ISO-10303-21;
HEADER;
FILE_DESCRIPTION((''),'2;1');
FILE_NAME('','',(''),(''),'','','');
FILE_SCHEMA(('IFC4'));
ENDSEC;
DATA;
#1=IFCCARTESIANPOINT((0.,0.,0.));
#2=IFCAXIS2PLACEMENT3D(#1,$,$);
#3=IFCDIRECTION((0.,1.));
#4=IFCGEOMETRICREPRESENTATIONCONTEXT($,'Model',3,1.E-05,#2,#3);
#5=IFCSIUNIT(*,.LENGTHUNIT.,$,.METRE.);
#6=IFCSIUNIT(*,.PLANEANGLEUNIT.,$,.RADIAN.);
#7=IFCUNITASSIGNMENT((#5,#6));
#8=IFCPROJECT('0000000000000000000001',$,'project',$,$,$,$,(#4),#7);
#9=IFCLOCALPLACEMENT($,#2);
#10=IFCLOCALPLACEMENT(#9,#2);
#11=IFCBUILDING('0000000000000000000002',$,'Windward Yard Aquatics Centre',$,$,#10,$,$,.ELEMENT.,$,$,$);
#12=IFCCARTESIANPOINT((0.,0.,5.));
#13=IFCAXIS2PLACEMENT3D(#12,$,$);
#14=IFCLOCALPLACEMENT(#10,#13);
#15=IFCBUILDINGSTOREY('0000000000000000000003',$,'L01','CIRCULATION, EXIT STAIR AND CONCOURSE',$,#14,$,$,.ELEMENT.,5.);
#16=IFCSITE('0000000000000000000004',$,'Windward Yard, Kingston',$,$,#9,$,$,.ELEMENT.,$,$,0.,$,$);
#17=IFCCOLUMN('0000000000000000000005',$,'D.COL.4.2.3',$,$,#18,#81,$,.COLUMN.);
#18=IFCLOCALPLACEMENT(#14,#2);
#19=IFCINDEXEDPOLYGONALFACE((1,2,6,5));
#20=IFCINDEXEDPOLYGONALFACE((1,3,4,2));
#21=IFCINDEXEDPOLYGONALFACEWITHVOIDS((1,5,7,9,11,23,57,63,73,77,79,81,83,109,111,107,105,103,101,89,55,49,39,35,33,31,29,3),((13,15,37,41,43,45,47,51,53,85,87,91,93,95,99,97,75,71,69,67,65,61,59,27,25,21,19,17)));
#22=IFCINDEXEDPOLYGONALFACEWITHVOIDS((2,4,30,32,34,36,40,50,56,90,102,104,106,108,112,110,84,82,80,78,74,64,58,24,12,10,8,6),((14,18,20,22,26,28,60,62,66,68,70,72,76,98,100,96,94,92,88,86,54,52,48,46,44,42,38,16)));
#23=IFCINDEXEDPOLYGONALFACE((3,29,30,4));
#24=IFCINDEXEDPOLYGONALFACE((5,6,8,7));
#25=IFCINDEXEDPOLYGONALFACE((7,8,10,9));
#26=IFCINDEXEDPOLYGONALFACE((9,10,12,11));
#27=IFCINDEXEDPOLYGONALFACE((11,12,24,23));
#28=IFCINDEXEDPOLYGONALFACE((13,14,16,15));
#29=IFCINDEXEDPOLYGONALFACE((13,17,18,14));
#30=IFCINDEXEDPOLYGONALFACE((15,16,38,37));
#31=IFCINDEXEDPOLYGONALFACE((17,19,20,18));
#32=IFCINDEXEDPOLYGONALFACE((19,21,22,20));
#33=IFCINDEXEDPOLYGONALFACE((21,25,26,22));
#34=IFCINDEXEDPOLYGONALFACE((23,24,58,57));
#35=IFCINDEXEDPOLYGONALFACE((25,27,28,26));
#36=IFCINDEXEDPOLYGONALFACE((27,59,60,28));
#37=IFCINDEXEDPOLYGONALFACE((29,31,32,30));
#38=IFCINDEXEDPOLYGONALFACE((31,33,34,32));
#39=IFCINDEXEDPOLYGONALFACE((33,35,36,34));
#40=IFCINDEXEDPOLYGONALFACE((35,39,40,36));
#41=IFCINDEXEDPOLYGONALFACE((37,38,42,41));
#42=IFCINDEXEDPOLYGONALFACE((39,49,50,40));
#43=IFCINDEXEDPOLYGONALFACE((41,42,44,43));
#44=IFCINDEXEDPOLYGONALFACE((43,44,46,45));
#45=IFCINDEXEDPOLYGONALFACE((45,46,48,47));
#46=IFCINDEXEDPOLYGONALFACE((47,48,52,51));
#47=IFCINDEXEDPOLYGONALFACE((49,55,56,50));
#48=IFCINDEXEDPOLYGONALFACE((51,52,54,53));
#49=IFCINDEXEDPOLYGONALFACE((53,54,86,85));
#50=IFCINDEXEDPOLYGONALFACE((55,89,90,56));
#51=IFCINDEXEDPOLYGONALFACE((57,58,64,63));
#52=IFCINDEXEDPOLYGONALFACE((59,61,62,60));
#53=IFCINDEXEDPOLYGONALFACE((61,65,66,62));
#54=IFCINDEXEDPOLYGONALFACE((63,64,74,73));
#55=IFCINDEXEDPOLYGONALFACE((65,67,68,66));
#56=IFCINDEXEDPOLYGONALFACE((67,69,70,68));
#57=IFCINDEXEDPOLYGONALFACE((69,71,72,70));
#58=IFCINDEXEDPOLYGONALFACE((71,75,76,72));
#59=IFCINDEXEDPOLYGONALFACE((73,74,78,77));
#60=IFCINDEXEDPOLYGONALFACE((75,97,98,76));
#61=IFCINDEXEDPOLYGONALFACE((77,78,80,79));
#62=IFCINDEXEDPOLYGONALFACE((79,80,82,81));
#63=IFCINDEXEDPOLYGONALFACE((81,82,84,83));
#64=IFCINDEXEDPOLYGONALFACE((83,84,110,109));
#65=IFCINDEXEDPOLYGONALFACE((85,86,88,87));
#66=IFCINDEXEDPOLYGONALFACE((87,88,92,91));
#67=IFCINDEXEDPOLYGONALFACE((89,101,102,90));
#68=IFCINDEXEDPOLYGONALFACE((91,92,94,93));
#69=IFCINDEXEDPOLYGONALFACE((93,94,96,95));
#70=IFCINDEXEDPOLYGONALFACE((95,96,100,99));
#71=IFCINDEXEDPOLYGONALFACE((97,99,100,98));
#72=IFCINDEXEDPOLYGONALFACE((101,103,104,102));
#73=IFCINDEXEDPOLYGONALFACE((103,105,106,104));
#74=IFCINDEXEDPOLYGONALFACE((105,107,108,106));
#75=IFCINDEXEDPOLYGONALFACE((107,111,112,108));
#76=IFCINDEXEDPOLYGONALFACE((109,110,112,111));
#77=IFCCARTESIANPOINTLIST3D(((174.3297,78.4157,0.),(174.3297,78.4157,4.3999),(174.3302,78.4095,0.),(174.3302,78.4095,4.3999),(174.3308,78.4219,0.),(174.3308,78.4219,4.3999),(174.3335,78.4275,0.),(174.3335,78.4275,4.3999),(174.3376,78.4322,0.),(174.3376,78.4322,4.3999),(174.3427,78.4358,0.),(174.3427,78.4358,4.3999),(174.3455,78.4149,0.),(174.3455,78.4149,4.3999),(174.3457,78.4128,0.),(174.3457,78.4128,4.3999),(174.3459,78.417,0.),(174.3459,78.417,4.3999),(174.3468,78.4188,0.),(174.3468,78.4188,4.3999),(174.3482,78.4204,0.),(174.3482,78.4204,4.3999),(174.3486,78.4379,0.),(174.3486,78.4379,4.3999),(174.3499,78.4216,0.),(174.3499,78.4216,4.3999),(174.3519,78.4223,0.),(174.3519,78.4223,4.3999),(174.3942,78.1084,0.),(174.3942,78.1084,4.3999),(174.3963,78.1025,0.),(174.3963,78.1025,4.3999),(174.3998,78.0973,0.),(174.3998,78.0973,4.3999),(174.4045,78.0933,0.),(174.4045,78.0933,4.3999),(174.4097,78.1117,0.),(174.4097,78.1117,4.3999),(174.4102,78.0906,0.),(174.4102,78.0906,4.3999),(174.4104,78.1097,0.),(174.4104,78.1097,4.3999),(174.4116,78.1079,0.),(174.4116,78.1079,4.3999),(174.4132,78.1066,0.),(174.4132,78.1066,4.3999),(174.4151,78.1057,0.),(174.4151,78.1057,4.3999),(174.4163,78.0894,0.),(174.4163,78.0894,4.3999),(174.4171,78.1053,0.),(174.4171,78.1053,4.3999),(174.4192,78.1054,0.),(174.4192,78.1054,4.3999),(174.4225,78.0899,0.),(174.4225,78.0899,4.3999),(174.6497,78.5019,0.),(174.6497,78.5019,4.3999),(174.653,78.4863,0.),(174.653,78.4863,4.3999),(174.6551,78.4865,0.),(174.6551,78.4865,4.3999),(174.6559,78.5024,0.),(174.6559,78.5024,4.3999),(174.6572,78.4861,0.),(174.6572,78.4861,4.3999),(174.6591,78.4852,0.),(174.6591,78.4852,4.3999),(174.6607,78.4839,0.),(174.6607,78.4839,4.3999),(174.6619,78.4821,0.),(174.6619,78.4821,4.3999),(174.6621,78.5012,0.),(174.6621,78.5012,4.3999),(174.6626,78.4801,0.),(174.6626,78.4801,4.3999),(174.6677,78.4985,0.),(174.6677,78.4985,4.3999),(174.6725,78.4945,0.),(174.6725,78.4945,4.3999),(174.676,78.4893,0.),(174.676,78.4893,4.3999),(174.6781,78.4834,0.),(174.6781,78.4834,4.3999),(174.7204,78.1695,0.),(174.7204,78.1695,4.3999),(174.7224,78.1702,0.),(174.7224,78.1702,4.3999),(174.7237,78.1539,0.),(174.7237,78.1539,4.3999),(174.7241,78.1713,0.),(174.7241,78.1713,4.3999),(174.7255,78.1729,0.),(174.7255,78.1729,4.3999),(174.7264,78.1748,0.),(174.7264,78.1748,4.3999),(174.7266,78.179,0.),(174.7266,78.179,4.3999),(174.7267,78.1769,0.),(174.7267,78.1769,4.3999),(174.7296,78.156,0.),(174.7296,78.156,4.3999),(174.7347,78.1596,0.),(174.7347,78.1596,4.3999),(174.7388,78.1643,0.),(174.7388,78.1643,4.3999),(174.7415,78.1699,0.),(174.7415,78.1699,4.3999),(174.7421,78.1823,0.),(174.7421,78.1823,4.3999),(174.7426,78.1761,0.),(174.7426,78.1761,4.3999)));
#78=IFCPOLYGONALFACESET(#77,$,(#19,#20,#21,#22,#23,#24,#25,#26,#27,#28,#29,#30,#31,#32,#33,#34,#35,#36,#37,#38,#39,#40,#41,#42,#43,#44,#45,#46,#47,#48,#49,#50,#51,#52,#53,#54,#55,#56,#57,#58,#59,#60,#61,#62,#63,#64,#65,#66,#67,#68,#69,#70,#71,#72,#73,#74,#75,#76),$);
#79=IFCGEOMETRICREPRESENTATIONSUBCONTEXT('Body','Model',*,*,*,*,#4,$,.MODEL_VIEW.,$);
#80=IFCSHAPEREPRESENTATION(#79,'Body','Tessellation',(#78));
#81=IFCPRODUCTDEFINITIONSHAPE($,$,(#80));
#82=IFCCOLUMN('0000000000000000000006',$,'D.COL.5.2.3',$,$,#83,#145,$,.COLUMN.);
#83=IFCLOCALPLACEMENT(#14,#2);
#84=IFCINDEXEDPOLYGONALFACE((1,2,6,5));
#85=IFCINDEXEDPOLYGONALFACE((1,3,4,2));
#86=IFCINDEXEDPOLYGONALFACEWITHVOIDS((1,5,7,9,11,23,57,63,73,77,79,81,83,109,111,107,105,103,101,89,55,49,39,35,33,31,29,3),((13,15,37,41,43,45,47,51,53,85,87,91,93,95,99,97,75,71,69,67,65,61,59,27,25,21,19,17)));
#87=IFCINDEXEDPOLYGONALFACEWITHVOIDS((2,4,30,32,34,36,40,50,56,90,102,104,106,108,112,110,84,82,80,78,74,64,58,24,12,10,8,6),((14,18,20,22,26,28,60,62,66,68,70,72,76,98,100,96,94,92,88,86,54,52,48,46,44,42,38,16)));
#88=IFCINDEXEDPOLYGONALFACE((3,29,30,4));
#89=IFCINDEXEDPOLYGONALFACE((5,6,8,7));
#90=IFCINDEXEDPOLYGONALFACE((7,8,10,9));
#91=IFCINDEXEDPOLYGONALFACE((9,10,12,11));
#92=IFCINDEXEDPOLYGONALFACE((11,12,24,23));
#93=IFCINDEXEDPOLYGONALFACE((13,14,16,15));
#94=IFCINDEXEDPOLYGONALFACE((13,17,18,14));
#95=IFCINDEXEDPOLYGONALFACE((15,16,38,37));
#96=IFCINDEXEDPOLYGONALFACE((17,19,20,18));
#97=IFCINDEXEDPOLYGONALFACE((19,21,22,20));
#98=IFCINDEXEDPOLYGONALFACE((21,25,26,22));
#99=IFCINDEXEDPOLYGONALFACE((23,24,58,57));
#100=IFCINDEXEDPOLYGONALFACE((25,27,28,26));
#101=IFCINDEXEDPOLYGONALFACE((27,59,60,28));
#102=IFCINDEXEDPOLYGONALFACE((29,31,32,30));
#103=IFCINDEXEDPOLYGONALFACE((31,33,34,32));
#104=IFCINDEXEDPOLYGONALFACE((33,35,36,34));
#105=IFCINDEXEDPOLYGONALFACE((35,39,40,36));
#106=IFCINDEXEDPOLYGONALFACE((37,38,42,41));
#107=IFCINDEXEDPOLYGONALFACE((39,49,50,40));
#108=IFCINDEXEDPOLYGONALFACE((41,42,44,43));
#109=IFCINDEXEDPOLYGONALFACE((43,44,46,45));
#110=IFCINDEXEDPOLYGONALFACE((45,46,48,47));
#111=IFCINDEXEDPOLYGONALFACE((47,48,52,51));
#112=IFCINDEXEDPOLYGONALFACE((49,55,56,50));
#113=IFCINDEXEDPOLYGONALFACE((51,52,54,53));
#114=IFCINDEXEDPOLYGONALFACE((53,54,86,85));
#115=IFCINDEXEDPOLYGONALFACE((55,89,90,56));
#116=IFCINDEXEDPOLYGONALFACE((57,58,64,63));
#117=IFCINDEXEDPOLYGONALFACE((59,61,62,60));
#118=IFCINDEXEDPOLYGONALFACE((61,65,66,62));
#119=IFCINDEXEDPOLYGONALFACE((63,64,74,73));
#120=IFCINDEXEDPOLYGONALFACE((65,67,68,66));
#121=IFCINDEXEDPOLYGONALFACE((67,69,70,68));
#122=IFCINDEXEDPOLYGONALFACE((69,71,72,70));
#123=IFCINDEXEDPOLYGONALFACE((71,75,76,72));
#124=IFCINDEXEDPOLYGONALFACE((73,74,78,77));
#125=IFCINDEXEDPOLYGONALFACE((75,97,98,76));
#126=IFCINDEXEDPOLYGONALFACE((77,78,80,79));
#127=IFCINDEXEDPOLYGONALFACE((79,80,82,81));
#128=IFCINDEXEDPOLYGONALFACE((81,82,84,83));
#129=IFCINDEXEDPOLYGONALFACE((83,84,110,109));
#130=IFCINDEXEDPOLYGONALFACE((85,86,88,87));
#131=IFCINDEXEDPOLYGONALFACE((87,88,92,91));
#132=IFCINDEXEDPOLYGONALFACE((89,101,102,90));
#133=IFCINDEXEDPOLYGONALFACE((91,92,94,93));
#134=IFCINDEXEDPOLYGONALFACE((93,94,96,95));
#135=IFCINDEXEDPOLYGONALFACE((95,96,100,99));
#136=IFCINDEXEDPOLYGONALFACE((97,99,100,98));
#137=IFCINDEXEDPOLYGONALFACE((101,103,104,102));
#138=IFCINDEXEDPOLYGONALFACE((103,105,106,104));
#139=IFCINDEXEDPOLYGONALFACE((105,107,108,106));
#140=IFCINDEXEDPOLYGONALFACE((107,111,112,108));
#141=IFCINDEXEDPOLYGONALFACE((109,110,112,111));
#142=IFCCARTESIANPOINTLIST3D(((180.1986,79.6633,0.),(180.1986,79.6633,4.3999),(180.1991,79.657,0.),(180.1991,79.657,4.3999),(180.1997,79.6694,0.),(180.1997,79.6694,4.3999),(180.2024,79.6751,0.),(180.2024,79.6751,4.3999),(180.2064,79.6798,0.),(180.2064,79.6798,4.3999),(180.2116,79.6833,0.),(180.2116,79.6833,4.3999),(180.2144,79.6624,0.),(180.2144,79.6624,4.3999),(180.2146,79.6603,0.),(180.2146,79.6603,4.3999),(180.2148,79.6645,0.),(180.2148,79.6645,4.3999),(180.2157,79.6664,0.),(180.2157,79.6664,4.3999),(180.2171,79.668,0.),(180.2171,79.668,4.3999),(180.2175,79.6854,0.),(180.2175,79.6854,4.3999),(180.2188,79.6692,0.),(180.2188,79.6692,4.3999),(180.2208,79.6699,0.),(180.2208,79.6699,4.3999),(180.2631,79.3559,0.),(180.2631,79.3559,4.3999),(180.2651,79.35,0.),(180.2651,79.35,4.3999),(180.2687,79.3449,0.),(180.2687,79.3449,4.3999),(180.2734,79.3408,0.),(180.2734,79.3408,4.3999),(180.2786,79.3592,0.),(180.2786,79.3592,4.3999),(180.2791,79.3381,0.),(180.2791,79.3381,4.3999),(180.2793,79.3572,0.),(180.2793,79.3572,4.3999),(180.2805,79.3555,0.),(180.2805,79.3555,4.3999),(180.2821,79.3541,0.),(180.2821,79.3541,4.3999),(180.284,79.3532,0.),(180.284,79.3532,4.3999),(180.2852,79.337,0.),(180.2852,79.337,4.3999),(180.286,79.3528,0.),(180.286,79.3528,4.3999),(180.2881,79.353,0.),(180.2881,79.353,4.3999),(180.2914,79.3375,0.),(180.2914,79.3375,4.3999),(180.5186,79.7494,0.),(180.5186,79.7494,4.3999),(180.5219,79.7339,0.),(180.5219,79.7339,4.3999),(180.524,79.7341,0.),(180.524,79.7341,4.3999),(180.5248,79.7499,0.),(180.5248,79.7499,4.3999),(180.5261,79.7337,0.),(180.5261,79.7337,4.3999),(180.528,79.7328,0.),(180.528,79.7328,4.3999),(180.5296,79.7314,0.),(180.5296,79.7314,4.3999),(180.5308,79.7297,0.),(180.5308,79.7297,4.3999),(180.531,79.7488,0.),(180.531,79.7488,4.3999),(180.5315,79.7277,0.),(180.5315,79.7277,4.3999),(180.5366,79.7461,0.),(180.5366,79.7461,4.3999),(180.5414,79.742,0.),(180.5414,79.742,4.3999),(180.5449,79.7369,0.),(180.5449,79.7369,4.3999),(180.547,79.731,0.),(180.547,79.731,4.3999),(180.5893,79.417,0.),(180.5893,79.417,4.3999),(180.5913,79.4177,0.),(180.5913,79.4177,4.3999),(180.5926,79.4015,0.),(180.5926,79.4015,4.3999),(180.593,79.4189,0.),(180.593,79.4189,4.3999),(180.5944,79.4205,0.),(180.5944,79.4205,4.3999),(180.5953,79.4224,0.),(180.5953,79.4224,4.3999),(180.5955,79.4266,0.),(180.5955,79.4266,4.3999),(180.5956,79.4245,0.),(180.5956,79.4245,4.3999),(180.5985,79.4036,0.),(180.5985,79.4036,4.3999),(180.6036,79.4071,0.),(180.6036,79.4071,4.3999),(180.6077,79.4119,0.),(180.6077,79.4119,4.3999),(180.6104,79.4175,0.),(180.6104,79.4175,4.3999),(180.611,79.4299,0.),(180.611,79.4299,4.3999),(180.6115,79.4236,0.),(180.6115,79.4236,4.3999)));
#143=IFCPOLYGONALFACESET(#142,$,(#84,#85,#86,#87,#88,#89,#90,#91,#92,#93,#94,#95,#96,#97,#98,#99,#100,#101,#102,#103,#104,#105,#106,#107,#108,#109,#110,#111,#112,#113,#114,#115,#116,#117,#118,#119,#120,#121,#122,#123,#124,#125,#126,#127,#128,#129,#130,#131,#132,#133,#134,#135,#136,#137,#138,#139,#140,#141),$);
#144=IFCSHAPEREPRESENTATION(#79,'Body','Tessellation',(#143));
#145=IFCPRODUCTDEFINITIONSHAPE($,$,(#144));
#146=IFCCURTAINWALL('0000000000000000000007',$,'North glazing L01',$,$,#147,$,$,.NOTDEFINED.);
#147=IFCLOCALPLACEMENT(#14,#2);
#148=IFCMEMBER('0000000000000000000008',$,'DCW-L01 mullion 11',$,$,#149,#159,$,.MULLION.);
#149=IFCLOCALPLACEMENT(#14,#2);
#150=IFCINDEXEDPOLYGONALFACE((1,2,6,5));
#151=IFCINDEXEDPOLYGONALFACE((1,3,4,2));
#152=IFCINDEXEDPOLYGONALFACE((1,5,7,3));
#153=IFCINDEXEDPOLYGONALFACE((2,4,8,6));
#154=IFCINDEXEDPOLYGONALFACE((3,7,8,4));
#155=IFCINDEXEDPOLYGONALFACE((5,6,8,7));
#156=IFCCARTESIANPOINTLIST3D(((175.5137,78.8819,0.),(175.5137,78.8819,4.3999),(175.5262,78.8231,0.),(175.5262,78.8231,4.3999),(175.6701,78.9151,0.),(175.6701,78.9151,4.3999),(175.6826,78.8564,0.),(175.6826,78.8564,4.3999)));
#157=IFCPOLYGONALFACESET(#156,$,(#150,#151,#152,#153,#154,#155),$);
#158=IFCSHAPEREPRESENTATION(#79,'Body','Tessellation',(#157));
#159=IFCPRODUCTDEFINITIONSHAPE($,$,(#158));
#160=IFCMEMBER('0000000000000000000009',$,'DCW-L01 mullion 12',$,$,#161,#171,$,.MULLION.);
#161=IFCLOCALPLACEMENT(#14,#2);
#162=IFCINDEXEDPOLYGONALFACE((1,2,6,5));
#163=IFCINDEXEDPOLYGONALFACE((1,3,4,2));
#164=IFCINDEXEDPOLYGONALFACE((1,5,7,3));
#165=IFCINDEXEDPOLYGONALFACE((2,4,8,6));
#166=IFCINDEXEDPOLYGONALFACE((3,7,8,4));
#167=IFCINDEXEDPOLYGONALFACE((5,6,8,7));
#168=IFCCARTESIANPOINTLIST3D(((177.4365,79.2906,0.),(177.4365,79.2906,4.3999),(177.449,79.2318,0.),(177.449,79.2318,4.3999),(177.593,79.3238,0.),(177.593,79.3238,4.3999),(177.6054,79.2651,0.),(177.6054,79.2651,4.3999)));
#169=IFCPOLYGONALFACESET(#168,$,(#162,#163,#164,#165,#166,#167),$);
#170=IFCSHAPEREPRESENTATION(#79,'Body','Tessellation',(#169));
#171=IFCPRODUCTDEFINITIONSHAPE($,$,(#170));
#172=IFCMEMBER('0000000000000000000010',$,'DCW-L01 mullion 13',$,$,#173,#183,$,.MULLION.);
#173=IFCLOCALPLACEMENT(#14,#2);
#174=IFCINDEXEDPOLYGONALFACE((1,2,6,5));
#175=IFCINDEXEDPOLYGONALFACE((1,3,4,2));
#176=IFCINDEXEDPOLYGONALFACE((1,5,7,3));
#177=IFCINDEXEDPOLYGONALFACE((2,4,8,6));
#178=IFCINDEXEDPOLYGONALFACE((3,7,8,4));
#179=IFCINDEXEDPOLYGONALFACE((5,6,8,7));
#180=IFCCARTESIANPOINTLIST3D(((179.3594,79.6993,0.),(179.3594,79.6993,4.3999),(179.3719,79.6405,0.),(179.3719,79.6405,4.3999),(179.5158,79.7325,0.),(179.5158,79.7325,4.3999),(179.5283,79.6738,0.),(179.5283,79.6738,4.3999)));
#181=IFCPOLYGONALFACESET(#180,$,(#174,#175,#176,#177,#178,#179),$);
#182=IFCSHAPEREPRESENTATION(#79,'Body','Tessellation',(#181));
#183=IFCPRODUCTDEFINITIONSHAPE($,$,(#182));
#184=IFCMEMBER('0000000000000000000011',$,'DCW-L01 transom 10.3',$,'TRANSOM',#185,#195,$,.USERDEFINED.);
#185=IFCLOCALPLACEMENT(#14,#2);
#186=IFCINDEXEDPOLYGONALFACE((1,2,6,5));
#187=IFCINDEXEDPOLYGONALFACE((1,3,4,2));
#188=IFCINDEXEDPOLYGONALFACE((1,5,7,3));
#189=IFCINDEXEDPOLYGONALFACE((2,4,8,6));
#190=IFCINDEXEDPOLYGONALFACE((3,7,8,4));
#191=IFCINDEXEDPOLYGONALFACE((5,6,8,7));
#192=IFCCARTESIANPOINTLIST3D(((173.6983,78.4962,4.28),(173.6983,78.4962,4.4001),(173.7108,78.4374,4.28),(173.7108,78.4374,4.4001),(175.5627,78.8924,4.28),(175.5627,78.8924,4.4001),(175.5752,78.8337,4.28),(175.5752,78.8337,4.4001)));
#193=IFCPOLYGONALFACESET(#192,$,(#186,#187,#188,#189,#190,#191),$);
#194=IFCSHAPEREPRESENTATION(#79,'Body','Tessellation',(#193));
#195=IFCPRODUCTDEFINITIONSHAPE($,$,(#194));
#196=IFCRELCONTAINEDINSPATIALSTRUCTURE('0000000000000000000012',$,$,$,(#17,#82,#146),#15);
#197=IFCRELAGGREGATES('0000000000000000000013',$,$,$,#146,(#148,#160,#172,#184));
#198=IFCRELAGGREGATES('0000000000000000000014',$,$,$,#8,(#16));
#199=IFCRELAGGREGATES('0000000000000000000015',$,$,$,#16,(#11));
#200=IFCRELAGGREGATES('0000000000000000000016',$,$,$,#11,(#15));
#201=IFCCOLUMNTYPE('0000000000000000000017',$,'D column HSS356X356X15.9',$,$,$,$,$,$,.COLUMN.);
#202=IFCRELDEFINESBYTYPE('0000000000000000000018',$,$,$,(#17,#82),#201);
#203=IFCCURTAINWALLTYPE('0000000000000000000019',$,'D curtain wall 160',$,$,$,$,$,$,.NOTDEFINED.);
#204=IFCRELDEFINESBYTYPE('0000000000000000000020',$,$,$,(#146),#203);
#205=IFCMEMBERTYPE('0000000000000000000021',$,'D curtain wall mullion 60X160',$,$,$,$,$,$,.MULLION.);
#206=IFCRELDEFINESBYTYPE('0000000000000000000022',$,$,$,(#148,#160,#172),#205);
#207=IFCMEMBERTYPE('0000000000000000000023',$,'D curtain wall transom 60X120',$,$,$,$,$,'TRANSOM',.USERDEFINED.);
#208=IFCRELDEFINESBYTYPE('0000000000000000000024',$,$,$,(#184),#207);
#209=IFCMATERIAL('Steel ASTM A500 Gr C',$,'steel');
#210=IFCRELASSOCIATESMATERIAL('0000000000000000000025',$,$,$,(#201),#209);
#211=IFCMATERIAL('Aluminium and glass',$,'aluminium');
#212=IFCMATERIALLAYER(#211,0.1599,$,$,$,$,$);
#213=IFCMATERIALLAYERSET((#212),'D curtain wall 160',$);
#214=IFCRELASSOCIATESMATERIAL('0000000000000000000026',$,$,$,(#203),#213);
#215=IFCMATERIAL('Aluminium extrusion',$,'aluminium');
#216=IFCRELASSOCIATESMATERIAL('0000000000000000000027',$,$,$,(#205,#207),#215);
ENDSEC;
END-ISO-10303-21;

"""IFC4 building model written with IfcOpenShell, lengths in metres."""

from ifc_helpers import new_model, si_unit, direction, frame, origin, origin_2d, place, context, subcontext, project, spatial, rectangle, hollow_rectangle, extrude, material, layer, layer_set, material_profile, profile_set, type_object, element, aggregate, save


model = new_model("IFC4")

# Units and contexts
model_context = context("Model", 3, precision=1e-05, world=origin(), true_north=direction((0.0, 1.0)))
body_context = subcontext(model_context, "Body", "Model", "MODEL_VIEW")
ifc_project = project(units=[si_unit("LENGTHUNIT", "METRE"), si_unit("PLANEANGLEUNIT", "RADIAN")], contexts=[model_context])

# Site, building, storey
site_placement = place(None, origin())
site = spatial("IfcSite", under=ifc_project, at=site_placement, Name="Windward Yard, Kingston", CompositionType="ELEMENT", RefElevation=0.0)
building_placement = place(site_placement, origin())
building = spatial("IfcBuilding", under=site, at=building_placement, Name="Windward Yard Aquatics Centre", CompositionType="ELEMENT")
storey_placement = place(building_placement, frame((0.0, 0.0, 5.0)))
storey = spatial("IfcBuildingStorey", under=building, at=storey_placement, Name="L01", Description="CIRCULATION, EXIT STAIR AND CONCOURSE", CompositionType="ELEMENT", Elevation=5.0)

# Columns
ifc_material_1 = material(Name="Steel ASTM A500 Gr C", Category="steel")
ifc_material_profile_1 = material_profile(ifc_material_1, hollow_rectangle(XDim=0.3557, YDim=0.3557, WallThickness=0.0159, InnerFilletRadius=0.0081, OuterFilletRadius=0.0239, at=origin_2d()), Name="HSS356X356X15.9")
ifc_profile_set_1 = profile_set([ifc_material_profile_1], Name="Steel ASTM A500 Gr C")
column_type = type_object("IfcColumnType", Name="D column HSS356X356X15.9", PredefinedType="COLUMN", material=ifc_profile_set_1)
for number, where, z_axis, x_axis, name in (
    (1, (174.5361, 78.2959, 0.0), (0.0, 0.0, 1.0), (0.978148, 0.207912, 0.0), "D.COL.4.2.3"),
    (2, (180.405, 79.5435, 0.0), (0.0, 0.0, 1.0), (0.978148, 0.207912, 0.0), "D.COL.5.2.3"),
):
    element("IfcColumn", number, at=place(storey_placement, frame(where, z_axis=z_axis, x_axis=x_axis)), inside=storey, type_object=column_type, Name=name, PredefinedType="COLUMN", context=body_context, shape_type="SweptSolid", body=[
        extrude(hollow_rectangle(XDim=0.3557, YDim=0.3557, WallThickness=0.0159, InnerFilletRadius=0.0081, OuterFilletRadius=0.0239, at=origin_2d()), origin(), (0.0, 0.0, 1.0), 4.3999),
    ])

# Curtain wall, members
ifc_material_2 = material(Name="Aluminium and glass", Category="aluminium")
ifc_layer_1 = layer(ifc_material_2, 0.1599)
ifc_layer_set_1 = layer_set([ifc_layer_1], Name="D curtain wall 160")
curtain_wall_type = type_object("IfcCurtainWallType", Name="D curtain wall 160", PredefinedType="NOTDEFINED", material=ifc_layer_set_1)
curtain_wall_placement = place(storey_placement, origin())
curtain_wall = element("IfcCurtainWall", 3, at=curtain_wall_placement, inside=storey, type_object=curtain_wall_type, Name="North glazing L01", PredefinedType="NOTDEFINED")
ifc_material_3 = material(Name="Aluminium extrusion", Category="aluminium")
ifc_material_profile_2 = material_profile(ifc_material_3, rectangle(XDim=0.0601, YDim=0.1599, at=origin_2d()), Name="MULLION 60X160")
ifc_profile_set_2 = profile_set([ifc_material_profile_2], Name="Aluminium extrusion")
member_type_1 = type_object("IfcMemberType", Name="D curtain wall mullion 60X160", PredefinedType="MULLION", material=ifc_profile_set_2)
member_1_placement = place(storey_placement, frame((175.5981, 78.8691, 0.0), z_axis=(0.0, 0.0, 1.0), x_axis=(-0.207912, 0.978148, 0.0)))
member_1 = element("IfcMember", 4, at=member_1_placement, type_object=member_type_1, Name="DCW-L01 mullion 11", PredefinedType="MULLION", context=body_context, shape_type="SweptSolid", body=[
    extrude(rectangle(XDim=0.0601, YDim=0.1599, at=origin_2d()), origin(), (0.0, 0.0, 1.0), 4.3999),
])
member_2_placement = place(storey_placement, frame((177.521, 79.2778, 0.0), z_axis=(0.0, 0.0, 1.0), x_axis=(-0.207912, 0.978148, 0.0)))
member_2 = element("IfcMember", 5, at=member_2_placement, type_object=member_type_1, Name="DCW-L01 mullion 12", PredefinedType="MULLION", context=body_context, shape_type="SweptSolid", body=[
    extrude(rectangle(XDim=0.0601, YDim=0.1599, at=origin_2d()), origin(), (0.0, 0.0, 1.0), 4.3999),
])
member_3_placement = place(storey_placement, frame((179.4438, 79.6865, 0.0), z_axis=(0.0, 0.0, 1.0), x_axis=(-0.207912, 0.978148, 0.0)))
member_3 = element("IfcMember", 6, at=member_3_placement, type_object=member_type_1, Name="DCW-L01 mullion 13", PredefinedType="MULLION", context=body_context, shape_type="SweptSolid", body=[
    extrude(rectangle(XDim=0.0601, YDim=0.1599, at=origin_2d()), origin(), (0.0, 0.0, 1.0), 4.3999),
])
ifc_material_profile_3 = material_profile(ifc_material_3, rectangle(XDim=0.0601, YDim=0.1201, at=origin_2d()), Name="TRANSOM 60X120")
ifc_profile_set_3 = profile_set([ifc_material_profile_3], Name="Aluminium extrusion")
member_type_2 = type_object("IfcMemberType", Name="D curtain wall transom 60X120", ElementType="TRANSOM", PredefinedType="USERDEFINED", material=ifc_profile_set_3)
member_4_placement = place(storey_placement, frame((173.7046, 78.4668, 4.3401), z_axis=(0.97815, 0.207902, 0.0), x_axis=(-0.207902, 0.97815, 0.0)))
member_4 = element("IfcMember", 7, at=member_4_placement, type_object=member_type_2, Name="DCW-L01 transom 10.3", ObjectType="TRANSOM", PredefinedType="USERDEFINED", context=body_context, shape_type="SweptSolid", body=[
    extrude(rectangle(XDim=0.0601, YDim=0.1201, at=origin_2d()), origin(), (0.0, 0.0, 1.0), 1.906),
])
aggregate(curtain_wall, [member_1, member_2, member_3, member_4])

save(model, "model.ifc")
